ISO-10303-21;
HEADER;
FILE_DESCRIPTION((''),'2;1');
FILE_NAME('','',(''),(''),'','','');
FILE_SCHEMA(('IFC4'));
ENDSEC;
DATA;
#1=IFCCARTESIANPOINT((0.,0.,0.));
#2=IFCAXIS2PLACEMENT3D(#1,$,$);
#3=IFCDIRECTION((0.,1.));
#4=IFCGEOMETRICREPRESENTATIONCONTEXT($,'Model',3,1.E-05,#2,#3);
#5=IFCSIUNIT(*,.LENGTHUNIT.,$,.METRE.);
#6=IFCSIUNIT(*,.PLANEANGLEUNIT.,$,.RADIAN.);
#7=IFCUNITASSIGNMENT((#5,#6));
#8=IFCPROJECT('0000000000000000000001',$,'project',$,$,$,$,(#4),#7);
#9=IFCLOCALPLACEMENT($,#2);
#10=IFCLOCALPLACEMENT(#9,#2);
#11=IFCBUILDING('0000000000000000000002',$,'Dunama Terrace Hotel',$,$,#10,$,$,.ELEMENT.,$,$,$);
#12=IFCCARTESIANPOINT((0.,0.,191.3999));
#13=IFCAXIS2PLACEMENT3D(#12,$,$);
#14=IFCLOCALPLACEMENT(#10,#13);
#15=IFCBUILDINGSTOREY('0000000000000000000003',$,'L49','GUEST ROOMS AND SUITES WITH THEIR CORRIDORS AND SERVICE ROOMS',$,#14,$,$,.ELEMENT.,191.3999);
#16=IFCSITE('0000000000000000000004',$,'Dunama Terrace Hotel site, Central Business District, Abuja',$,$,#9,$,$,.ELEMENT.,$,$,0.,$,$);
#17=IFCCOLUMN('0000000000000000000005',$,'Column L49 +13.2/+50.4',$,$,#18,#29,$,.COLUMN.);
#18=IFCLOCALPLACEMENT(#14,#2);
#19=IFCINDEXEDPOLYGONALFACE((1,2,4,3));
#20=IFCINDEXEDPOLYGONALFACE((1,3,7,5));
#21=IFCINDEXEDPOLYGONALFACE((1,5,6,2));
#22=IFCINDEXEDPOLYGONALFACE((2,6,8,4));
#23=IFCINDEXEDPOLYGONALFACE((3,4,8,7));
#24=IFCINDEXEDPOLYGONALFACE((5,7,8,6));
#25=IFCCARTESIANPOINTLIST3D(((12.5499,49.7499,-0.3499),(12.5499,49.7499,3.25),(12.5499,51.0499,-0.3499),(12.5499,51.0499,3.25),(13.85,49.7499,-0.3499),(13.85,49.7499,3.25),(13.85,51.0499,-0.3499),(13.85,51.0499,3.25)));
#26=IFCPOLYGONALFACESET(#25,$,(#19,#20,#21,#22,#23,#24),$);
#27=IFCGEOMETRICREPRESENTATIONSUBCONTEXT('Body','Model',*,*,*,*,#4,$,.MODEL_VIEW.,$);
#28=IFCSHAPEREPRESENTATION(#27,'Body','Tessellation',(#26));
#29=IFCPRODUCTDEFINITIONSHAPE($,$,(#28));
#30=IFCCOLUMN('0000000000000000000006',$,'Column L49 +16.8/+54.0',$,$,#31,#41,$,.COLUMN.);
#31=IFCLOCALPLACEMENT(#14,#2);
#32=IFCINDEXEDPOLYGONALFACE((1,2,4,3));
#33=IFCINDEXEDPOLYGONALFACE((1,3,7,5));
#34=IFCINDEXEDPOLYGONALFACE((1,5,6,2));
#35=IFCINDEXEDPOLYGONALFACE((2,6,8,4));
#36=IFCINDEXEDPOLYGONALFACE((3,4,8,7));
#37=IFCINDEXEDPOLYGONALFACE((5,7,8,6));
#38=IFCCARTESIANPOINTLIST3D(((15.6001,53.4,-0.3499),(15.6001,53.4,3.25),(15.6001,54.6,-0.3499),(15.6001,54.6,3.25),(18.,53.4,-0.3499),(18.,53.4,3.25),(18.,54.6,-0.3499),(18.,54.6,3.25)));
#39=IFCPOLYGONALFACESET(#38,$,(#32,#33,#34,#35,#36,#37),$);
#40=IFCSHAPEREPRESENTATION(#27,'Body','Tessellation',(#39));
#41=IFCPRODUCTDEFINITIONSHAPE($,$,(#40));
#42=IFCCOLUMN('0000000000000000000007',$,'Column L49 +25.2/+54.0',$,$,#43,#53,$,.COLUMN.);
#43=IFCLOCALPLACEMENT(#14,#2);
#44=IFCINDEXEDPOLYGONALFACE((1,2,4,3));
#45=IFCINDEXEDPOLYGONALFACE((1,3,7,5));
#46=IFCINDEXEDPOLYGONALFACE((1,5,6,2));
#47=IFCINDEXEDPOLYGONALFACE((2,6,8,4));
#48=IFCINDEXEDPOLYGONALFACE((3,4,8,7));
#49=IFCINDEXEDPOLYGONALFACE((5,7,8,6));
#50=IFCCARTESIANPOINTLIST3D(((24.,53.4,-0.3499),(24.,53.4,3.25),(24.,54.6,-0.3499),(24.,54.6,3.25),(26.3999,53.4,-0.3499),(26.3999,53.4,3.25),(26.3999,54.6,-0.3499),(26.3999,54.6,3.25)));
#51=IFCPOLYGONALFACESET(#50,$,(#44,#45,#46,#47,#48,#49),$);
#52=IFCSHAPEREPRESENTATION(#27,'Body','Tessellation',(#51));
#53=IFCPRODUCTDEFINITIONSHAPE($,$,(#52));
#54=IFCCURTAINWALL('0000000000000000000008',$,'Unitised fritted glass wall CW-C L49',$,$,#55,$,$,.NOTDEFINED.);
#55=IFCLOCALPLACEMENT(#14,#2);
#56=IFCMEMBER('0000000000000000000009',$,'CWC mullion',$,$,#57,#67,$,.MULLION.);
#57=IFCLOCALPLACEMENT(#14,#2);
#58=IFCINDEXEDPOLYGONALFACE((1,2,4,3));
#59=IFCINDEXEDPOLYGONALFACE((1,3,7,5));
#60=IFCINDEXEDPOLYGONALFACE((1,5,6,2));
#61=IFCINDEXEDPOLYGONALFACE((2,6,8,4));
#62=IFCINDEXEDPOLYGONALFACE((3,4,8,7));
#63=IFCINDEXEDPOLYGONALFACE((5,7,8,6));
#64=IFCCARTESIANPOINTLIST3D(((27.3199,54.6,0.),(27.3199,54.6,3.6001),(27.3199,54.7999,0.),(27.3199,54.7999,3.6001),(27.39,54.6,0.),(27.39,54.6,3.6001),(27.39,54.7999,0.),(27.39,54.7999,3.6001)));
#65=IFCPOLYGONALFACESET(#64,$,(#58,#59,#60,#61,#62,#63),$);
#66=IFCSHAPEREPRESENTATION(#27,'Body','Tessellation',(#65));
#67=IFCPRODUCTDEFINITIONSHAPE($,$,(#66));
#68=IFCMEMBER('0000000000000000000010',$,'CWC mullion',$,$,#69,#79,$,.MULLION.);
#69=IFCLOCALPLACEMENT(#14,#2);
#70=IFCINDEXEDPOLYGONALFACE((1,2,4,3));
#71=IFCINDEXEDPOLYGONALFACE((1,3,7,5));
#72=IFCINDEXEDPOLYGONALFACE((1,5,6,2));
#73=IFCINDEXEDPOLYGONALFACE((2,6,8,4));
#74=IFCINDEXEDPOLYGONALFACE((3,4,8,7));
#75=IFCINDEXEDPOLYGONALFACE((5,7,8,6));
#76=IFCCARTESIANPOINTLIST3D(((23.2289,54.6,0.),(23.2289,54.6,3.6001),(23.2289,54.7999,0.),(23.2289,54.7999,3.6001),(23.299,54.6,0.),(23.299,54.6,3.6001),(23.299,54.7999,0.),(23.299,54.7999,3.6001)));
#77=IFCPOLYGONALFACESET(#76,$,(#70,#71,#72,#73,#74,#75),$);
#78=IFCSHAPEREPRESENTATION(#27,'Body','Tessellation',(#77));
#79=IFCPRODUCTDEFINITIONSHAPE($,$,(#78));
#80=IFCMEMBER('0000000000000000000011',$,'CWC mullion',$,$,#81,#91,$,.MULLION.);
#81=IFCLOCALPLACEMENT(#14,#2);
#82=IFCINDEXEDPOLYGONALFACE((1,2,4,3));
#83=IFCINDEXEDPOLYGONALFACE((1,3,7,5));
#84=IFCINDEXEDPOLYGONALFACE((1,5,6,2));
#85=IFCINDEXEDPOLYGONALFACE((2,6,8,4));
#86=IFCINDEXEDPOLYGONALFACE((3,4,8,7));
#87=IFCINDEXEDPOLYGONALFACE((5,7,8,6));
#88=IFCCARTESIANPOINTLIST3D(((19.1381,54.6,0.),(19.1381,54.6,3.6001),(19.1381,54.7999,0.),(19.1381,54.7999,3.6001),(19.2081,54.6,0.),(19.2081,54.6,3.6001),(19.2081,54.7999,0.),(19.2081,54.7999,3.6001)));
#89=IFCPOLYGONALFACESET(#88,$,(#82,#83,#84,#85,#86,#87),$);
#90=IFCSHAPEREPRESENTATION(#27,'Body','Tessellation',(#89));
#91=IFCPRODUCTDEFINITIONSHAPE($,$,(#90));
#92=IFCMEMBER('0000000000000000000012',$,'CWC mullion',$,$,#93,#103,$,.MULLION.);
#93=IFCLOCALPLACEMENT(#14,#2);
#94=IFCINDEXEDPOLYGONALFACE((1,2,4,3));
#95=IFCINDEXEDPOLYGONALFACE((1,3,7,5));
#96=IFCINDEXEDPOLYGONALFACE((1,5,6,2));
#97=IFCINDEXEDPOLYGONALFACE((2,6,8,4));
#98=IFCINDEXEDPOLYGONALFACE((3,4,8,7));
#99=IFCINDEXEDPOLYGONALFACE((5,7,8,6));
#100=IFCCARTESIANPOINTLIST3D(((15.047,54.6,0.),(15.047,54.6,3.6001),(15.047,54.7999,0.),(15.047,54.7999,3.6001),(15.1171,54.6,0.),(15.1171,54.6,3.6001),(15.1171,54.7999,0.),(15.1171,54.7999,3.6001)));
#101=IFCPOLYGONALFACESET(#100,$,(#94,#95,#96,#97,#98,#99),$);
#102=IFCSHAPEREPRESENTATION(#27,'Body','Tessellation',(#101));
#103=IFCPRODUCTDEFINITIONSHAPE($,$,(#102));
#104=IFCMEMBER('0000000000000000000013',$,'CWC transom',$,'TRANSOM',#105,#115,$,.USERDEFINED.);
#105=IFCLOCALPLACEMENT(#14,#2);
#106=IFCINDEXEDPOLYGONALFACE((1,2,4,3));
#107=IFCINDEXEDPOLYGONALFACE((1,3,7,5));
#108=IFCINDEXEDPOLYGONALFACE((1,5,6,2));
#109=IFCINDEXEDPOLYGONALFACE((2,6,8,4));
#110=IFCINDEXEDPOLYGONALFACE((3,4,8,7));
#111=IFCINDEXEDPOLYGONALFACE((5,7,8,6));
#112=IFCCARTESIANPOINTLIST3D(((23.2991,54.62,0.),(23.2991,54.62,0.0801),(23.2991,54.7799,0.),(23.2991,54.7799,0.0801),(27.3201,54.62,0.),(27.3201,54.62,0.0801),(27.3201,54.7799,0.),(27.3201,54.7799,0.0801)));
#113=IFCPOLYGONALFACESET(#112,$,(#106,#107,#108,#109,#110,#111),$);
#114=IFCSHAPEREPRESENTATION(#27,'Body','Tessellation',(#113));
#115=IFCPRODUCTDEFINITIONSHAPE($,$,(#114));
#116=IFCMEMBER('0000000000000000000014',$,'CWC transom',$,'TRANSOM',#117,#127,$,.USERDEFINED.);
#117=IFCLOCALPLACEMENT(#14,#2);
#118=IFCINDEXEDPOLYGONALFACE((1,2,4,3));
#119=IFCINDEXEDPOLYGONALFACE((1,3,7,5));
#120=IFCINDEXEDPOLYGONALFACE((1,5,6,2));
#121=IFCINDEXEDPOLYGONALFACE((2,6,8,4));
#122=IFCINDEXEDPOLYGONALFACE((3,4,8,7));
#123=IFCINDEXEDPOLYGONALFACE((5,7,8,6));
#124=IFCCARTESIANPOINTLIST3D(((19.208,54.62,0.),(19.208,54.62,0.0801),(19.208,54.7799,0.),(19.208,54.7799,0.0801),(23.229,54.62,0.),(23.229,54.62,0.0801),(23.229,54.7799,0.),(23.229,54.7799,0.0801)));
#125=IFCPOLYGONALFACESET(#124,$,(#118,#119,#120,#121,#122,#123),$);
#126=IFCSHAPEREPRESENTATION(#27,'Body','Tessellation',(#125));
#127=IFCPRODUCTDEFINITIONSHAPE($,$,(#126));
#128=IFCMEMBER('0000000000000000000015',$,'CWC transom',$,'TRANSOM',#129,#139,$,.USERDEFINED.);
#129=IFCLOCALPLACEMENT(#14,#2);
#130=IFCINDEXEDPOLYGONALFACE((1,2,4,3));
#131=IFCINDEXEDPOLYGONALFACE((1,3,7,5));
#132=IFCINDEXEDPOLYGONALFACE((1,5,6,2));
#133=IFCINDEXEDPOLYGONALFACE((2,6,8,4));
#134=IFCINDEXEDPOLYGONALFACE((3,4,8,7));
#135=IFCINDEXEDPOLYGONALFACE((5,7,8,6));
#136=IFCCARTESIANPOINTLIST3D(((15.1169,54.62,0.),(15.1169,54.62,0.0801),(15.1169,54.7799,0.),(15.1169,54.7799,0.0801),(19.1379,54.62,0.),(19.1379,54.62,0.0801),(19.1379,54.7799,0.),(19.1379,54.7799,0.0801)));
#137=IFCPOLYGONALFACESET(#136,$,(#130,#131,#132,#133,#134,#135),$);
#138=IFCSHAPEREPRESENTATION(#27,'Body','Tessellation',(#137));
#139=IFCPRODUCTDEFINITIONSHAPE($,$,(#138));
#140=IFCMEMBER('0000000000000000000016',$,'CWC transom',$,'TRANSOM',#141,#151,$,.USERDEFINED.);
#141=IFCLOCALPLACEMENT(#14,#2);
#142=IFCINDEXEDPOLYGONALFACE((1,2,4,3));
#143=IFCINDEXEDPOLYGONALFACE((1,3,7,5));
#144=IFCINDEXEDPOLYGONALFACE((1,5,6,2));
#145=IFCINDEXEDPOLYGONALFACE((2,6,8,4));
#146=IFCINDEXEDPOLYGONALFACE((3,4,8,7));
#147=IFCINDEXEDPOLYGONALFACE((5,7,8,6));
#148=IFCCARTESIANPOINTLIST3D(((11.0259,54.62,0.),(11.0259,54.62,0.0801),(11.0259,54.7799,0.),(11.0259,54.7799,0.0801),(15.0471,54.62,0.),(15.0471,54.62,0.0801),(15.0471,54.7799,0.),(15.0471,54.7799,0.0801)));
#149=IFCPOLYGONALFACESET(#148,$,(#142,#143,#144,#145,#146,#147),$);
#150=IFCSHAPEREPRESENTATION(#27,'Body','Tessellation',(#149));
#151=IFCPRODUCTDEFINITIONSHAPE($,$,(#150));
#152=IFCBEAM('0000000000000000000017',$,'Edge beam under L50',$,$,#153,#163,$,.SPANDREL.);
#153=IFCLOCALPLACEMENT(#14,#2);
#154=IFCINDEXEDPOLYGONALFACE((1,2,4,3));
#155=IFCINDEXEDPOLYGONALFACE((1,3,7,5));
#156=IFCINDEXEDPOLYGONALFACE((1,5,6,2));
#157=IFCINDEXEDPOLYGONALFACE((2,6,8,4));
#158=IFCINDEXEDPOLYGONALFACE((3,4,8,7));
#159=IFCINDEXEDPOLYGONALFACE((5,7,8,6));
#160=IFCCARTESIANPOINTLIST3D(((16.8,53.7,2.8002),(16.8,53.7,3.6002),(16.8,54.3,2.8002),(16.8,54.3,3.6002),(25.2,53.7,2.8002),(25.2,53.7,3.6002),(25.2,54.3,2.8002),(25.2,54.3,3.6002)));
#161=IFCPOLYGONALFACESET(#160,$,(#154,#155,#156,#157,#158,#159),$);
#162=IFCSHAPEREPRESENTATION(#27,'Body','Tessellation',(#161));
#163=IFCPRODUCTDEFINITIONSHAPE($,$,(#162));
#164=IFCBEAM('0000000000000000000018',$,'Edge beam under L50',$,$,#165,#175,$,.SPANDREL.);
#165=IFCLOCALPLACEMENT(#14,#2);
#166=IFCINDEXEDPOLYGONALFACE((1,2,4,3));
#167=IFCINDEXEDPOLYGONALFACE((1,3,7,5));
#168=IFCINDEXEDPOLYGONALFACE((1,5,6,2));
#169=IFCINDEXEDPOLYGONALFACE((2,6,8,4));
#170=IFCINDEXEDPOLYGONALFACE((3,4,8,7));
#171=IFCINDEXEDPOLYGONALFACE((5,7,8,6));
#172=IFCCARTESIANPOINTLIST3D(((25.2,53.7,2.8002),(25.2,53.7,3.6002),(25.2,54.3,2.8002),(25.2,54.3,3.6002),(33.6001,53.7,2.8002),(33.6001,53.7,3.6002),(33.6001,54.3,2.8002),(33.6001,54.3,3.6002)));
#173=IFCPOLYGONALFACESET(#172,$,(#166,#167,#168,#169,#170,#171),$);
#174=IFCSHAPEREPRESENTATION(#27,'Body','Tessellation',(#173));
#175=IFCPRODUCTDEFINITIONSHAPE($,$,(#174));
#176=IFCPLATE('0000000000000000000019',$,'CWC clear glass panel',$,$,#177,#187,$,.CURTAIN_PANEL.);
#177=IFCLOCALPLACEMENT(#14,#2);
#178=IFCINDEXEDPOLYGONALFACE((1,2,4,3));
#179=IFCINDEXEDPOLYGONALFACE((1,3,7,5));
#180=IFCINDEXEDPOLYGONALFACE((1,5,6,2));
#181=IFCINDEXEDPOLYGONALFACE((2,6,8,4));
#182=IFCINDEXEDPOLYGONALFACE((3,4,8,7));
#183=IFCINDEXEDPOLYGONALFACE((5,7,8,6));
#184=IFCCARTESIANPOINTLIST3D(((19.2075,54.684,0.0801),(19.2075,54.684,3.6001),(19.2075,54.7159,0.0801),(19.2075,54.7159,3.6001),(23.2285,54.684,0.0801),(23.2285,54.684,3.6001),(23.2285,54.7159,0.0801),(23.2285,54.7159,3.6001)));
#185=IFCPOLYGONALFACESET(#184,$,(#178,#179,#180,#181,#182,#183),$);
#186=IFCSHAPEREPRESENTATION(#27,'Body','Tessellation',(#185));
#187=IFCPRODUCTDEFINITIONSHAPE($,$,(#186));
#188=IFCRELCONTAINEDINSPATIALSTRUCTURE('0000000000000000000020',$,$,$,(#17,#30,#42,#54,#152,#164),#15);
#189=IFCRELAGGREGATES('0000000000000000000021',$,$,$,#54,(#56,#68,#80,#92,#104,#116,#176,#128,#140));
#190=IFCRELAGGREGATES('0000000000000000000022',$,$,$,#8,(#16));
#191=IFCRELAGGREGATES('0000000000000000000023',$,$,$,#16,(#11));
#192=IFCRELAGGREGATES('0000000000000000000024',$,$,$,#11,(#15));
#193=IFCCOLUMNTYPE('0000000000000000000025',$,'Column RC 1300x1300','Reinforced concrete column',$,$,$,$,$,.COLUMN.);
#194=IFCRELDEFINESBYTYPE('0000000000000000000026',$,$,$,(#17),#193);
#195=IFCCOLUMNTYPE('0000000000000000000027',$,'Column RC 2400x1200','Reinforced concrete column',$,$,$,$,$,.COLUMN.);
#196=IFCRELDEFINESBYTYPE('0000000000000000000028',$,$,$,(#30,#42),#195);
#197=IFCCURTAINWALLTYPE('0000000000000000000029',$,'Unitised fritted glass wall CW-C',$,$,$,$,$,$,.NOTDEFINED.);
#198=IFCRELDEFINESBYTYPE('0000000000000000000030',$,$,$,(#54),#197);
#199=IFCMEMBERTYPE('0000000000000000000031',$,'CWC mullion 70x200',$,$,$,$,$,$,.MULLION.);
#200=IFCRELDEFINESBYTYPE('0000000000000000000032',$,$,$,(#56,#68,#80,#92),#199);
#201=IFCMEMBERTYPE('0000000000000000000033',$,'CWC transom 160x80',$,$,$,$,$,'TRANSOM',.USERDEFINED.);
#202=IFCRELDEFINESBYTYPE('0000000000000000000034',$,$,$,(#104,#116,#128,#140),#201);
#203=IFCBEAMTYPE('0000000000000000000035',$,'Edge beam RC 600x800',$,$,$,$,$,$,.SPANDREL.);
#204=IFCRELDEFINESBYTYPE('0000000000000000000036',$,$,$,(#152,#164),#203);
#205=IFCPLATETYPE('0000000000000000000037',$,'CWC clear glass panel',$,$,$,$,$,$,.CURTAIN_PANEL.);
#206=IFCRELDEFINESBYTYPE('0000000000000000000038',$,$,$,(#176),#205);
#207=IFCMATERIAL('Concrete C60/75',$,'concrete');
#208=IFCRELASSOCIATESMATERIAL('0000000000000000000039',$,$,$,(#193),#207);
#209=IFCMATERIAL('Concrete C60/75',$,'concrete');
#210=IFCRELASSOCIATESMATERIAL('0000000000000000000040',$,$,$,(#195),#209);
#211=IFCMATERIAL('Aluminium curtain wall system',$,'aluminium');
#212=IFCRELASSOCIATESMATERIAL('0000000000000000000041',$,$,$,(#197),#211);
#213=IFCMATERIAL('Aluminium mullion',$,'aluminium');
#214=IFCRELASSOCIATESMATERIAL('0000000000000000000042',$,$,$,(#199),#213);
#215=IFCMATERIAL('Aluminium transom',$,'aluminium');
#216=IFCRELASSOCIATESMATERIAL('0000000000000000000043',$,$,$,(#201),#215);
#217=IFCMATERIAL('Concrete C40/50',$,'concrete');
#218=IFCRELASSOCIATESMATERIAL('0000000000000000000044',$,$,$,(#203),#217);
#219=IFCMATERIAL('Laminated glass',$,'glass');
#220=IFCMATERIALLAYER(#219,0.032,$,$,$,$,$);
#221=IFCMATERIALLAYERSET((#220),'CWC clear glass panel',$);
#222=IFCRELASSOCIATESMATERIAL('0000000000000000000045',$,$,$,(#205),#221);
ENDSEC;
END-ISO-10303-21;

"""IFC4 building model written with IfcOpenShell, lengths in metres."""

from ifc_helpers import new_model, si_unit, direction, frame, origin, origin_2d, place, context, subcontext, project, spatial, rectangle, extrude, material, layer, layer_set, material_profile, profile_set, type_object, element, aggregate, save


model = new_model("IFC4")

# Units and contexts
model_context = context("Model", 3, precision=1e-05, world=origin(), true_north=direction((0.0, 1.0)))
body_context = subcontext(model_context, "Body", "Model", "MODEL_VIEW")
ifc_project = project(units=[si_unit("LENGTHUNIT", "METRE"), si_unit("PLANEANGLEUNIT", "RADIAN")], contexts=[model_context])

# Site, building, storey
site_placement = place(None, origin())
site = spatial("IfcSite", under=ifc_project, at=site_placement, Name="Dunama Terrace Hotel site, Central Business District, Abuja", CompositionType="ELEMENT", RefElevation=0.0)
building_placement = place(site_placement, origin())
building = spatial("IfcBuilding", under=site, at=building_placement, Name="Dunama Terrace Hotel", CompositionType="ELEMENT")
storey_placement = place(building_placement, frame((0.0, 0.0, 191.3999)))
storey = spatial("IfcBuildingStorey", under=building, at=storey_placement, Name="L49", Description="GUEST ROOMS AND SUITES WITH THEIR CORRIDORS AND SERVICE ROOMS", CompositionType="ELEMENT", Elevation=191.3999)

# Columns
ifc_material_1 = material(Name="Concrete C60/75", Category="concrete")
ifc_material_profile_1 = material_profile(ifc_material_1, rectangle(XDim=1.3, YDim=1.3, at=origin_2d()), Name="RC 1300x1300")
ifc_profile_set_1 = profile_set([ifc_material_profile_1], Name="Concrete C60/75")
column_type_1 = type_object("IfcColumnType", Name="Column RC 1300x1300", Description="Reinforced concrete column", PredefinedType="COLUMN", material=ifc_profile_set_1)
column_placement = place(storey_placement, frame((13.2, 50.3999, -0.3499), z_axis=(0.0, 0.0, 1.0), x_axis=(1.0, 0.0, 0.0)))
element("IfcColumn", 1, at=column_placement, inside=storey, type_object=column_type_1, Name="Column L49 +13.2/+50.4", PredefinedType="COLUMN", context=body_context, shape_type="SweptSolid", body=[
    extrude(rectangle(XDim=1.3, YDim=1.3, at=origin_2d()), origin(), (0.0, 0.0, 1.0), 3.5999),
])
ifc_material_2 = material(Name="Concrete C60/75", Category="concrete")
ifc_material_profile_2 = material_profile(ifc_material_2, rectangle(XDim=2.3999, YDim=1.2, at=origin_2d()), Name="RC 2400x1200")
ifc_profile_set_2 = profile_set([ifc_material_profile_2], Name="Concrete C60/75")
column_type_2 = type_object("IfcColumnType", Name="Column RC 2400x1200", Description="Reinforced concrete column", PredefinedType="COLUMN", material=ifc_profile_set_2)
for number, where, z_axis, x_axis, name in (
    (2, (16.8, 54.0, -0.3499), (0.0, 0.0, 1.0), (1.0, 0.0, 0.0), "Column L49 +16.8/+54.0"),
    (3, (25.2, 54.0, -0.3499), (0.0, 0.0, 1.0), (1.0, 0.0, 0.0), "Column L49 +25.2/+54.0"),
):
    element("IfcColumn", number, at=place(storey_placement, frame(where, z_axis=z_axis, x_axis=x_axis)), inside=storey, type_object=column_type_2, Name=name, PredefinedType="COLUMN", context=body_context, shape_type="SweptSolid", body=[
        extrude(rectangle(XDim=2.3999, YDim=1.2, at=origin_2d()), origin(), (0.0, 0.0, 1.0), 3.5999),
    ])

# Curtain wall, members
ifc_material_3 = material(Name="Aluminium curtain wall system", Category="aluminium")
curtain_wall_type = type_object("IfcCurtainWallType", Name="Unitised fritted glass wall CW-C", PredefinedType="NOTDEFINED", material=ifc_material_3)
curtain_wall_placement = place(storey_placement, origin())
curtain_wall = element("IfcCurtainWall", 4, at=curtain_wall_placement, inside=storey, type_object=curtain_wall_type, Name="Unitised fritted glass wall CW-C L49", PredefinedType="NOTDEFINED")
ifc_material_4 = material(Name="Aluminium mullion", Category="aluminium")
ifc_material_profile_3 = material_profile(ifc_material_4, rectangle(XDim=0.0701, YDim=0.2, at=origin_2d()), Name="CWC MULLION 70X200")
ifc_profile_set_3 = profile_set([ifc_material_profile_3], Name="Aluminium mullion")
member_type_1 = type_object("IfcMemberType", Name="CWC mullion 70x200", PredefinedType="MULLION", material=ifc_profile_set_3)
member_1_placement = place(storey_placement, frame((27.355, 54.7, 0.0), z_axis=(0.0, 0.0, 1.0), x_axis=(-1.0, 0.0, 0.0)))
member_1 = element("IfcMember", 5, at=member_1_placement, type_object=member_type_1, Name="CWC mullion", PredefinedType="MULLION", context=body_context, shape_type="SweptSolid", body=[
    extrude(rectangle(XDim=0.0701, YDim=0.2, at=origin_2d()), origin(), (0.0, 0.0, 1.0), 3.6001),
])
member_2_placement = place(storey_placement, frame((23.2639, 54.7, 0.0), z_axis=(0.0, 0.0, 1.0), x_axis=(-1.0, 0.0, 0.0)))
member_2 = element("IfcMember", 6, at=member_2_placement, type_object=member_type_1, Name="CWC mullion", PredefinedType="MULLION", context=body_context, shape_type="SweptSolid", body=[
    extrude(rectangle(XDim=0.0701, YDim=0.2, at=origin_2d()), origin(), (0.0, 0.0, 1.0), 3.6001),
])
member_3_placement = place(storey_placement, frame((19.1731, 54.7, 0.0), z_axis=(0.0, 0.0, 1.0), x_axis=(-1.0, 0.0, 0.0)))
member_3 = element("IfcMember", 7, at=member_3_placement, type_object=member_type_1, Name="CWC mullion", PredefinedType="MULLION", context=body_context, shape_type="SweptSolid", body=[
    extrude(rectangle(XDim=0.0701, YDim=0.2, at=origin_2d()), origin(), (0.0, 0.0, 1.0), 3.6001),
])
member_4_placement = place(storey_placement, frame((15.082, 54.7, 0.0), z_axis=(0.0, 0.0, 1.0), x_axis=(-1.0, 0.0, 0.0)))
member_4 = element("IfcMember", 8, at=member_4_placement, type_object=member_type_1, Name="CWC mullion", PredefinedType="MULLION", context=body_context, shape_type="SweptSolid", body=[
    extrude(rectangle(XDim=0.0701, YDim=0.2, at=origin_2d()), origin(), (0.0, 0.0, 1.0), 3.6001),
])
ifc_material_5 = material(Name="Aluminium transom", Category="aluminium")
ifc_material_profile_4 = material_profile(ifc_material_5, rectangle(XDim=0.1599, YDim=0.0801, at=origin_2d()), Name="CWC TRANSOM 160X80")
ifc_profile_set_4 = profile_set([ifc_material_profile_4], Name="Aluminium transom")
member_type_2 = type_object("IfcMemberType", Name="CWC transom 160x80", ElementType="TRANSOM", PredefinedType="USERDEFINED", material=ifc_profile_set_4)
member_5_placement = place(storey_placement, frame((27.3201, 54.7, 0.04), z_axis=(-1.0, 0.0, 0.0), x_axis=(0.0, -1.0, 0.0)))
member_5 = element("IfcMember", 9, at=member_5_placement, type_object=member_type_2, Name="CWC transom", ObjectType="TRANSOM", PredefinedType="USERDEFINED", context=body_context, shape_type="SweptSolid", body=[
    extrude(rectangle(XDim=0.1599, YDim=0.0801, at=origin_2d()), origin(), (0.0, 0.0, 1.0), 4.021),
])
member_6_placement = place(storey_placement, frame((23.229, 54.7, 0.04), z_axis=(-1.0, 0.0, 0.0), x_axis=(0.0, -1.0, 0.0)))
member_6 = element("IfcMember", 10, at=member_6_placement, type_object=member_type_2, Name="CWC transom", ObjectType="TRANSOM", PredefinedType="USERDEFINED", context=body_context, shape_type="SweptSolid", body=[
    extrude(rectangle(XDim=0.1599, YDim=0.0801, at=origin_2d()), origin(), (0.0, 0.0, 1.0), 4.021),
])
member_7_placement = place(storey_placement, frame((19.1379, 54.7, 0.04), z_axis=(-1.0, 0.0, 0.0), x_axis=(0.0, -1.0, 0.0)))
member_7 = element("IfcMember", 11, at=member_7_placement, type_object=member_type_2, Name="CWC transom", ObjectType="TRANSOM", PredefinedType="USERDEFINED", context=body_context, shape_type="SweptSolid", body=[
    extrude(rectangle(XDim=0.1599, YDim=0.0801, at=origin_2d()), origin(), (0.0, 0.0, 1.0), 4.021),
])
member_8_placement = place(storey_placement, frame((15.0471, 54.7, 0.04), z_axis=(-1.0, 0.0, 0.0), x_axis=(0.0, -1.0, 0.0)))
member_8 = element("IfcMember", 12, at=member_8_placement, type_object=member_type_2, Name="CWC transom", ObjectType="TRANSOM", PredefinedType="USERDEFINED", context=body_context, shape_type="SweptSolid", body=[
    extrude(rectangle(XDim=0.1599, YDim=0.0801, at=origin_2d()), origin(), (0.0, 0.0, 1.0), 4.0212),
])

# Beams
ifc_material_6 = material(Name="Concrete C40/50", Category="concrete")
ifc_material_profile_5 = material_profile(ifc_material_6, rectangle(XDim=0.6001, YDim=0.8, at=origin_2d()), Name="RC 600x800")
ifc_profile_set_5 = profile_set([ifc_material_profile_5], Name="Concrete C40/50")
beam_type = type_object("IfcBeamType", Name="Edge beam RC 600x800", PredefinedType="SPANDREL", material=ifc_profile_set_5)
beam_1_placement = place(storey_placement, frame((16.8, 54.0, 3.2002), z_axis=(1.0, 0.0, 0.0), x_axis=(0.0, 1.0, 0.0)))
element("IfcBeam", 13, at=beam_1_placement, inside=storey, type_object=beam_type, Name="Edge beam under L50", PredefinedType="SPANDREL", context=body_context, shape_type="SweptSolid", body=[
    extrude(rectangle(XDim=0.6001, YDim=0.8, at=origin_2d()), origin(), (0.0, 0.0, 1.0), 8.3999),
])
beam_2_placement = place(storey_placement, frame((25.2, 54.0, 3.2002), z_axis=(1.0, 0.0, 0.0), x_axis=(0.0, 1.0, 0.0)))
element("IfcBeam", 14, at=beam_2_placement, inside=storey, type_object=beam_type, Name="Edge beam under L50", PredefinedType="SPANDREL", context=body_context, shape_type="SweptSolid", body=[
    extrude(rectangle(XDim=0.6001, YDim=0.8, at=origin_2d()), origin(), (0.0, 0.0, 1.0), 8.4001),
])

# Plate
ifc_material_7 = material(Name="Laminated glass", Category="glass")
ifc_layer_1 = layer(ifc_material_7, 0.032)
ifc_layer_set_1 = layer_set([ifc_layer_1], Name="CWC clear glass panel")
plate_type_1 = type_object("IfcPlateType", Name="CWC clear glass panel", PredefinedType="CURTAIN_PANEL", material=ifc_layer_set_1)
plate_1_placement = place(storey_placement, frame((21.218, 54.7, 0.0801), z_axis=(0.0, 0.0, 1.0), x_axis=(-1.0, 0.0, 0.0)))
plate_1 = element("IfcPlate", 15, at=plate_1_placement, type_object=plate_type_1, Name="CWC clear glass panel", PredefinedType="CURTAIN_PANEL", context=body_context, shape_type="SweptSolid", body=[
    extrude(rectangle(XDim=4.021, YDim=0.032, at=origin_2d()), origin(), (0.0, 0.0, 1.0), 3.52),
])
aggregate(curtain_wall, [member_1, member_2, member_3, member_4, member_5, member_6, plate_1, member_7, member_8])

save(model, "model.ifc")
